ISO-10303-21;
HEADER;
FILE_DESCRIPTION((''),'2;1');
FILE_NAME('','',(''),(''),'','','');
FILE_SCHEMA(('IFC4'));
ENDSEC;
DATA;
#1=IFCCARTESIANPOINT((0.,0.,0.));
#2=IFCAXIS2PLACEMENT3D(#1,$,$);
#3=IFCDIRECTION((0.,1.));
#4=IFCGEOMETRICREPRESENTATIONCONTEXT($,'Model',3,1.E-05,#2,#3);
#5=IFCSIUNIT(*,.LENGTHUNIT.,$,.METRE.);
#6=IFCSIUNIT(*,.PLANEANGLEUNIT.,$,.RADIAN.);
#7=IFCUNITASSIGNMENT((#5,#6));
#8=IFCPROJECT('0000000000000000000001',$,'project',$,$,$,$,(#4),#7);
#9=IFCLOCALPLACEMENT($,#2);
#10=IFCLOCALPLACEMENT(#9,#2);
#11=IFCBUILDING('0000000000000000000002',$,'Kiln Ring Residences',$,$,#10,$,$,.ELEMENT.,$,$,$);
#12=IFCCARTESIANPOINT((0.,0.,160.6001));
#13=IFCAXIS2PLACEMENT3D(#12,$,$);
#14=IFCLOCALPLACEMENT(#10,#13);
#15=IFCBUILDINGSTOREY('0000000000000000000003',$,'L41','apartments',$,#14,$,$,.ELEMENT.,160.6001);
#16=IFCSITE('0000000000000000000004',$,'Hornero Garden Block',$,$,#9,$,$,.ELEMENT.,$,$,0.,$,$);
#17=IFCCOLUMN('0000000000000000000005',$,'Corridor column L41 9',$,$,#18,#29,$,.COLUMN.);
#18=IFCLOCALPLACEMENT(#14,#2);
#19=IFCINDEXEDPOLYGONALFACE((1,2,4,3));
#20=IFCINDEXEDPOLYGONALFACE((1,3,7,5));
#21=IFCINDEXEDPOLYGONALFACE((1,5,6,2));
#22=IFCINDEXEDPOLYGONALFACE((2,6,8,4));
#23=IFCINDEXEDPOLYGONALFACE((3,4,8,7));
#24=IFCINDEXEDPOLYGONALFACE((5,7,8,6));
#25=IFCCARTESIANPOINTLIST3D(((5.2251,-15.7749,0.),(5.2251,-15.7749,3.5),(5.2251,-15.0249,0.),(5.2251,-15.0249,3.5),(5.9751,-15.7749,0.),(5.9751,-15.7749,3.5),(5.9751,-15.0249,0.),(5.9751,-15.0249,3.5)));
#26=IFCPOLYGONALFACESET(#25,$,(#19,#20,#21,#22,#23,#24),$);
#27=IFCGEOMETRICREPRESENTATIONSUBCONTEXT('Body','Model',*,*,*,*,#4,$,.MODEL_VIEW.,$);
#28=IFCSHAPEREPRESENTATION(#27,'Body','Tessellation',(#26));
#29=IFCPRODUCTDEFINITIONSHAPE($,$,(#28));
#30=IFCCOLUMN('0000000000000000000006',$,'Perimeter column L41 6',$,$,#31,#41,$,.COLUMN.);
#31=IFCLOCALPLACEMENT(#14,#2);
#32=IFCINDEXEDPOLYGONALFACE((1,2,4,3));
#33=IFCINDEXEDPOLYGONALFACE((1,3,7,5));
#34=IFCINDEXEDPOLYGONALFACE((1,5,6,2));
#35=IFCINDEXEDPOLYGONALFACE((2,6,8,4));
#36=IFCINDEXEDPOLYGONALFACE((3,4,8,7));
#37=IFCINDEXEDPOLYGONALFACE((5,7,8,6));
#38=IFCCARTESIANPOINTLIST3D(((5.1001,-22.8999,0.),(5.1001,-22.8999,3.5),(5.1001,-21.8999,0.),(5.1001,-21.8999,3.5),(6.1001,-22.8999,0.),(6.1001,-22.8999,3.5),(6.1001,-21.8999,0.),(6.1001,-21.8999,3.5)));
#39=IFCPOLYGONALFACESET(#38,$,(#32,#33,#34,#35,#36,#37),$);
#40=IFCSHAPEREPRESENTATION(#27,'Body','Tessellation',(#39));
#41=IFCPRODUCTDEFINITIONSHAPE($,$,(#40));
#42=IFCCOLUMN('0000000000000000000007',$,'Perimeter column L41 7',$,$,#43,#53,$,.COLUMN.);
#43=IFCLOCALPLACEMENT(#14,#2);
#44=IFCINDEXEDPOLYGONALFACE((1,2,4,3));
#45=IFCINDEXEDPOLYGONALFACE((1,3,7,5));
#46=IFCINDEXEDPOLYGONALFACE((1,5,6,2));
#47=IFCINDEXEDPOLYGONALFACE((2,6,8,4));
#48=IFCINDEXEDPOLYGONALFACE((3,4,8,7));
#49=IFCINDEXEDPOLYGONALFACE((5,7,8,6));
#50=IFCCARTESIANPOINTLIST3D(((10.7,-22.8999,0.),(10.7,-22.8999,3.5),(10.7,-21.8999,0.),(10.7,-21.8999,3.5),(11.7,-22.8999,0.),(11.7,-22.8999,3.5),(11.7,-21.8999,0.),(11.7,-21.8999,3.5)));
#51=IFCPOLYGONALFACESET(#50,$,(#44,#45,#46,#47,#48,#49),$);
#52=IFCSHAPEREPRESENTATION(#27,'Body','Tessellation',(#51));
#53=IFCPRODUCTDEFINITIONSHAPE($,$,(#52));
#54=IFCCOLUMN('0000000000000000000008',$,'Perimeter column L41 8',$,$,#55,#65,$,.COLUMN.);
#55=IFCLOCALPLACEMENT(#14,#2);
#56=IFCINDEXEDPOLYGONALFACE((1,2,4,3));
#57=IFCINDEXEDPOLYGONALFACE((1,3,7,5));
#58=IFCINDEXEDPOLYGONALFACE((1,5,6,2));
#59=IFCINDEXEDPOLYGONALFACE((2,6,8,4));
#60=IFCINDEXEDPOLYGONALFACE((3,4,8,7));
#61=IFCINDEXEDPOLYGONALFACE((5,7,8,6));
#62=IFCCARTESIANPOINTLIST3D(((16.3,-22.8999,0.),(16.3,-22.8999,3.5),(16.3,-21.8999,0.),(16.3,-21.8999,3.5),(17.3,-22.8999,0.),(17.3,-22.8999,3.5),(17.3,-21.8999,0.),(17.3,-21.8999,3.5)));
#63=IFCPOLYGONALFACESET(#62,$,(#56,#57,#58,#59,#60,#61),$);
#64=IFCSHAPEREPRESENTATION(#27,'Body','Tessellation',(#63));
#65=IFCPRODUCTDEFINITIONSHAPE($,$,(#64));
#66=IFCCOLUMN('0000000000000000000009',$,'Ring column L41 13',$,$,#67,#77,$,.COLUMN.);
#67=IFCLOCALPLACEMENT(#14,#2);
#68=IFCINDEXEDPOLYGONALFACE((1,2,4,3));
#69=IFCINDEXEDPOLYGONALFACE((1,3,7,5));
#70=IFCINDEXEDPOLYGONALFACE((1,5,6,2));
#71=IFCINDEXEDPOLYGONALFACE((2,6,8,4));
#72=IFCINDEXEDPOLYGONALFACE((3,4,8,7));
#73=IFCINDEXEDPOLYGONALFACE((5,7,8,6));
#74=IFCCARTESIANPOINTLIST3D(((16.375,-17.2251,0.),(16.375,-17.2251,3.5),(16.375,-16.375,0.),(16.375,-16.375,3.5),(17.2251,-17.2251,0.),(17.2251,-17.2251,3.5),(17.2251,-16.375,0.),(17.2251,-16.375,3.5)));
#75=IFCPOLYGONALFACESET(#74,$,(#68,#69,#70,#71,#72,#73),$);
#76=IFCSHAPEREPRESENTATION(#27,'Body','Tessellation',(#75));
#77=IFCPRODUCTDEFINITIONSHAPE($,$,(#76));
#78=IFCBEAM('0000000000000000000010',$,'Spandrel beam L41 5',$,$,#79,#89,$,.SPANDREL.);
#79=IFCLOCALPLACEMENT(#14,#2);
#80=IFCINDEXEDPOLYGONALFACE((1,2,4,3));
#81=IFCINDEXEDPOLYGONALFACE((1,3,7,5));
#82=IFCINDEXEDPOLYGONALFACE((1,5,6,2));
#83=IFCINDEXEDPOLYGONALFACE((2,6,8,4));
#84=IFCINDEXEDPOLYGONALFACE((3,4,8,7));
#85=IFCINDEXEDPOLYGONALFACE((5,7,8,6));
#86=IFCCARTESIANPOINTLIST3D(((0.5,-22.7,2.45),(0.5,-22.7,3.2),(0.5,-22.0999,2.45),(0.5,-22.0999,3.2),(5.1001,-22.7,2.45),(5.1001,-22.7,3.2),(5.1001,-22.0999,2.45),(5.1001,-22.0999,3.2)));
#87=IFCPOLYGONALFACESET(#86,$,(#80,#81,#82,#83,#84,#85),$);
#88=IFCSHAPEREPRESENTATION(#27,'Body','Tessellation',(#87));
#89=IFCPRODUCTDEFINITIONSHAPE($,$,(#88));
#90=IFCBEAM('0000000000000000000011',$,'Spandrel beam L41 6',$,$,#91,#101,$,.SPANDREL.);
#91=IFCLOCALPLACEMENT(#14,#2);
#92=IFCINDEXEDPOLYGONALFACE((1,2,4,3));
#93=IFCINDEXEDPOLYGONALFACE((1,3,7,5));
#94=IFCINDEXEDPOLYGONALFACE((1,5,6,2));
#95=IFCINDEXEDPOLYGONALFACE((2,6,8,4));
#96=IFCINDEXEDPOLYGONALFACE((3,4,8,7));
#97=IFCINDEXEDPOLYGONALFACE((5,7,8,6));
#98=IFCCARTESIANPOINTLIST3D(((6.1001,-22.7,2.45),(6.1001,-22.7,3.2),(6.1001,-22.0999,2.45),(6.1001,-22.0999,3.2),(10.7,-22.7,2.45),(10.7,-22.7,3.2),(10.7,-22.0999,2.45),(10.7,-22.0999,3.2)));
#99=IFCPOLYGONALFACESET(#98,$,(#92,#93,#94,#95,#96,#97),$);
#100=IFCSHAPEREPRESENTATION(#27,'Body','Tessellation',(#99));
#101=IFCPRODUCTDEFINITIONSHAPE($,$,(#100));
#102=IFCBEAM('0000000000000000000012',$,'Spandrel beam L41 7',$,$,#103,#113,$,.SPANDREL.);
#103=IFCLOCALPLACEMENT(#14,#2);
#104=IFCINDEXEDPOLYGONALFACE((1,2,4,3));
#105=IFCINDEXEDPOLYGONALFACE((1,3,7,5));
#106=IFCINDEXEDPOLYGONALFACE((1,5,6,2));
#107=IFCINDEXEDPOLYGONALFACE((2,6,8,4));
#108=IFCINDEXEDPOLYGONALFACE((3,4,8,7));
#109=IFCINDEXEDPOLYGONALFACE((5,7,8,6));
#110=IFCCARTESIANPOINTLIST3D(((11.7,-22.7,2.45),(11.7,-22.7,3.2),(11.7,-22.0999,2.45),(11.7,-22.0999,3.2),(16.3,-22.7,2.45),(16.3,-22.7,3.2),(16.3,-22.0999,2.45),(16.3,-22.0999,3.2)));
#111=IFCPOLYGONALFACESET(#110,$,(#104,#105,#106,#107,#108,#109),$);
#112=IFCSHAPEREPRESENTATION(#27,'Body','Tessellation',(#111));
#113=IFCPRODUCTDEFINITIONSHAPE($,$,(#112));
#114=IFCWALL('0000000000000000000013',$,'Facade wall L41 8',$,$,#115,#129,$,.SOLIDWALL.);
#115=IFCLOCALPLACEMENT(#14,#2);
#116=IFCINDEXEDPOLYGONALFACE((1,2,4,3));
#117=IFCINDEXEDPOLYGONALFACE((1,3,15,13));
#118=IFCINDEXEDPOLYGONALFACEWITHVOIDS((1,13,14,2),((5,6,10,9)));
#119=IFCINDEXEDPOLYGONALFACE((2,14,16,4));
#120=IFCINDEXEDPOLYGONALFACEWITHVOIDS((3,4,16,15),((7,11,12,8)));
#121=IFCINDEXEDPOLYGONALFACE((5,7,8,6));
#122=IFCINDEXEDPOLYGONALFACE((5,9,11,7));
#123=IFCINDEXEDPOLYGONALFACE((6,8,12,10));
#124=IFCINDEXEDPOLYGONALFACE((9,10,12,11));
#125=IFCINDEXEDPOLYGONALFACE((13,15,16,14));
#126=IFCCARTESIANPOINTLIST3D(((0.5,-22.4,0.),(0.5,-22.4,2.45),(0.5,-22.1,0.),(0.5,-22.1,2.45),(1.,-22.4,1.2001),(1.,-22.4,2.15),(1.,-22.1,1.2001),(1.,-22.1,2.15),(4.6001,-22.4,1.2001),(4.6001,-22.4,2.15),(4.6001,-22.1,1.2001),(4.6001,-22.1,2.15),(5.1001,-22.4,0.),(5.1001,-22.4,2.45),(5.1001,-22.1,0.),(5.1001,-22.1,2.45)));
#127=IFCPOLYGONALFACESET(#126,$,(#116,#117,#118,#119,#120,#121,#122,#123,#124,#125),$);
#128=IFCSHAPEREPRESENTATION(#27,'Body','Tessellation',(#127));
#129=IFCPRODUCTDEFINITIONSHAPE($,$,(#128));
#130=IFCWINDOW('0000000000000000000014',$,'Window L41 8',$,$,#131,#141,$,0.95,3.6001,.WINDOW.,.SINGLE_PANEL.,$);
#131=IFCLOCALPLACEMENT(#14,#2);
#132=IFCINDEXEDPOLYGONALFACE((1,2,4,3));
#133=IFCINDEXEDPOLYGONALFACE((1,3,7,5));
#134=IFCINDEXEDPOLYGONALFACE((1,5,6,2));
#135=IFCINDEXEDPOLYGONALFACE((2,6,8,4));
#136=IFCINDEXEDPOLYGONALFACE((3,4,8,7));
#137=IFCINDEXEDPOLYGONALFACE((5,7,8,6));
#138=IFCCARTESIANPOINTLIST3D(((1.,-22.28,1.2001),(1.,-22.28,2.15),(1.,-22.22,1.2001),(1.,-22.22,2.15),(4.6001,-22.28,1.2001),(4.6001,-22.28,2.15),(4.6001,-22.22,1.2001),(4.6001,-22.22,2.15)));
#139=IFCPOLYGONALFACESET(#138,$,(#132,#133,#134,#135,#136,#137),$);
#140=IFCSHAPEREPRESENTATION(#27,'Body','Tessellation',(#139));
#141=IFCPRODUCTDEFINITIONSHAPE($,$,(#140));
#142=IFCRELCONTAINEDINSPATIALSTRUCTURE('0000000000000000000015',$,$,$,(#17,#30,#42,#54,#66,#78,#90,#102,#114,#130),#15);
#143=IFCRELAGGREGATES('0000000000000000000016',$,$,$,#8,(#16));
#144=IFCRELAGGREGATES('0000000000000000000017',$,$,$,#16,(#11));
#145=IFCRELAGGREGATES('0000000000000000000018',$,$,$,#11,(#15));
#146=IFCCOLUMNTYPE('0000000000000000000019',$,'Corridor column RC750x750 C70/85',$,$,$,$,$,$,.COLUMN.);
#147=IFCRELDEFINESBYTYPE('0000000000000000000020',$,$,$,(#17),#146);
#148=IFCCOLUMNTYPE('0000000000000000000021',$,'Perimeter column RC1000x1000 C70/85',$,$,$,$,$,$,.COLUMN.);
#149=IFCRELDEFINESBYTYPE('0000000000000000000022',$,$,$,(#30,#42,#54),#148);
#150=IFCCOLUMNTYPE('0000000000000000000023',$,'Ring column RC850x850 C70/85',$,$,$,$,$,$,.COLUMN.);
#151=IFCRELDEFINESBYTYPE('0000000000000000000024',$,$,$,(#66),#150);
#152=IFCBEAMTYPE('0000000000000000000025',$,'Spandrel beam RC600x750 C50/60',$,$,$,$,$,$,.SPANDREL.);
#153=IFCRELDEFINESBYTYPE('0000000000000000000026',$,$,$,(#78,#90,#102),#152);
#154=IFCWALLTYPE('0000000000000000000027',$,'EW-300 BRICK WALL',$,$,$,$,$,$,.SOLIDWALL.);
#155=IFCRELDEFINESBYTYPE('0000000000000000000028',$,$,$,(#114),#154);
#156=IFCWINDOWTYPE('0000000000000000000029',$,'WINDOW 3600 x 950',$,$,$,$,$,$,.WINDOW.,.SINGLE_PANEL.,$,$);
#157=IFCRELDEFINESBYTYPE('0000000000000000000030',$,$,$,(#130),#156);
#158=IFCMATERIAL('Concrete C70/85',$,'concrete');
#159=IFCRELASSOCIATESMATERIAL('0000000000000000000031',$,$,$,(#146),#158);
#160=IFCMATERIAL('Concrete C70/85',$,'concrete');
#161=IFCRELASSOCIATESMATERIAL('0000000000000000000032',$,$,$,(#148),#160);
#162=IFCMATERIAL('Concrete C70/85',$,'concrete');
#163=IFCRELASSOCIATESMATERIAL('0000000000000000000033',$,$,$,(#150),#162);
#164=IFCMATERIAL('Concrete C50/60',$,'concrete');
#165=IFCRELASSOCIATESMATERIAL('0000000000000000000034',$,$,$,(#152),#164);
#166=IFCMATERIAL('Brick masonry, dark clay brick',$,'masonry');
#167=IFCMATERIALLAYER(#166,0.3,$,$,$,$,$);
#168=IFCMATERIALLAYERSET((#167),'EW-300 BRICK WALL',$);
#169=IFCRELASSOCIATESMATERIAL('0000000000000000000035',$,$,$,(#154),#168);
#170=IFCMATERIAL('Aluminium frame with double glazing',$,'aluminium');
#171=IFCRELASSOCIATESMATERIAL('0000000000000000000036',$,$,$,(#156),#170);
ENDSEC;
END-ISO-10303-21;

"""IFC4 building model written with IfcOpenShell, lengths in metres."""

from ifc_helpers import new_model, si_unit, direction, frame, frame_2d, origin, origin_2d, place, context, subcontext, project, spatial, rectangle, extrude, material, layer, layer_set, material_profile, profile_set, type_object, element, fill, save


model = new_model("IFC4")

# Units and contexts
model_context = context("Model", 3, precision=1e-05, world=origin(), true_north=direction((0.0, 1.0)))
body_context = subcontext(model_context, "Body", "Model", "MODEL_VIEW")
ifc_project = project(units=[si_unit("LENGTHUNIT", "METRE"), si_unit("PLANEANGLEUNIT", "RADIAN")], contexts=[model_context])

# Site, building, storey
site_placement = place(None, origin())
site = spatial("IfcSite", under=ifc_project, at=site_placement, Name="Hornero Garden Block", CompositionType="ELEMENT", RefElevation=0.0)
building_placement = place(site_placement, origin())
building = spatial("IfcBuilding", under=site, at=building_placement, Name="Kiln Ring Residences", CompositionType="ELEMENT")
storey_placement = place(building_placement, frame((0.0, 0.0, 160.6001)))
storey = spatial("IfcBuildingStorey", under=building, at=storey_placement, Name="L41", Description="apartments", CompositionType="ELEMENT", Elevation=160.6001)

# Columns
ifc_material_1 = material(Name="Concrete C70/85", Category="concrete")
ifc_material_profile_1 = material_profile(ifc_material_1, rectangle(XDim=0.75, YDim=0.75, at=origin_2d()), Name="RC750x750")
ifc_profile_set_1 = profile_set([ifc_material_profile_1], Name="Concrete C70/85")
column_type_1 = type_object("IfcColumnType", Name="Corridor column RC750x750 C70/85", PredefinedType="COLUMN", material=ifc_profile_set_1)
column_1_placement = place(storey_placement, frame((5.6001, -15.3999, 0.0), z_axis=(0.0, 0.0, 1.0), x_axis=(1.0, 0.0, 0.0)))
element("IfcColumn", 1, at=column_1_placement, inside=storey, type_object=column_type_1, Name="Corridor column L41 9", PredefinedType="COLUMN", context=body_context, shape_type="SweptSolid", body=[
    extrude(rectangle(XDim=0.75, YDim=0.75, at=origin_2d()), origin(), (0.0, 0.0, 1.0), 3.5),
])
ifc_material_2 = material(Name="Concrete C70/85", Category="concrete")
ifc_material_profile_2 = material_profile(ifc_material_2, rectangle(XDim=1.0, YDim=1.0, at=origin_2d()), Name="RC1000x1000")
ifc_profile_set_2 = profile_set([ifc_material_profile_2], Name="Concrete C70/85")
column_type_2 = type_object("IfcColumnType", Name="Perimeter column RC1000x1000 C70/85", PredefinedType="COLUMN", material=ifc_profile_set_2)
for number, where, z_axis, x_axis, name in (
    (2, (5.6001, -22.3999, 0.0), (0.0, 0.0, 1.0), (1.0, 0.0, 0.0), "Perimeter column L41 6"),
    (3, (11.2, -22.3999, 0.0), (0.0, 0.0, 1.0), (1.0, 0.0, 0.0), "Perimeter column L41 7"),
    (4, (16.8, -22.3999, 0.0), (0.0, 0.0, 1.0), (1.0, 0.0, 0.0), "Perimeter column L41 8"),
):
    element("IfcColumn", number, at=place(storey_placement, frame(where, z_axis=z_axis, x_axis=x_axis)), inside=storey, type_object=column_type_2, Name=name, PredefinedType="COLUMN", context=body_context, shape_type="SweptSolid", body=[
        extrude(rectangle(XDim=1.0, YDim=1.0, at=origin_2d()), origin(), (0.0, 0.0, 1.0), 3.5),
    ])
ifc_material_3 = material(Name="Concrete C70/85", Category="concrete")
ifc_material_profile_3 = material_profile(ifc_material_3, rectangle(XDim=0.8501, YDim=0.8501, at=origin_2d()), Name="RC850x850")
ifc_profile_set_3 = profile_set([ifc_material_profile_3], Name="Concrete C70/85")
column_type_3 = type_object("IfcColumnType", Name="Ring column RC850x850 C70/85", PredefinedType="COLUMN", material=ifc_profile_set_3)
column_2_placement = place(storey_placement, frame((16.8, -16.8, 0.0), z_axis=(0.0, 0.0, 1.0), x_axis=(1.0, 0.0, 0.0)))
element("IfcColumn", 5, at=column_2_placement, inside=storey, type_object=column_type_3, Name="Ring column L41 13", PredefinedType="COLUMN", context=body_context, shape_type="SweptSolid", body=[
    extrude(rectangle(XDim=0.8501, YDim=0.8501, at=origin_2d()), origin(), (0.0, 0.0, 1.0), 3.5),
])

# Beams
ifc_material_4 = material(Name="Concrete C50/60", Category="concrete")
ifc_material_profile_4 = material_profile(ifc_material_4, rectangle(XDim=0.6001, YDim=0.75, at=origin_2d()), Name="RC600x750")
ifc_profile_set_4 = profile_set([ifc_material_profile_4], Name="Concrete C50/60")
beam_type = type_object("IfcBeamType", Name="Spandrel beam RC600x750 C50/60", PredefinedType="SPANDREL", material=ifc_profile_set_4)
beam_1_placement = place(storey_placement, frame((0.5, -22.3999, 2.825), z_axis=(1.0, 0.0, 0.0), x_axis=(0.0, 1.0, 0.0)))
element("IfcBeam", 6, at=beam_1_placement, inside=storey, type_object=beam_type, Name="Spandrel beam L41 5", PredefinedType="SPANDREL", context=body_context, shape_type="SweptSolid", body=[
    extrude(rectangle(XDim=0.6001, YDim=0.75, at=origin_2d()), origin(), (0.0, 0.0, 1.0), 4.6001),
])
beam_2_placement = place(storey_placement, frame((6.1001, -22.3999, 2.825), z_axis=(1.0, 0.0, 0.0), x_axis=(0.0, 1.0, 0.0)))
element("IfcBeam", 7, at=beam_2_placement, inside=storey, type_object=beam_type, Name="Spandrel beam L41 6", PredefinedType="SPANDREL", context=body_context, shape_type="SweptSolid", body=[
    extrude(rectangle(XDim=0.6001, YDim=0.75, at=origin_2d()), origin(), (0.0, 0.0, 1.0), 4.5999),
])
beam_3_placement = place(storey_placement, frame((11.7, -22.3999, 2.825), z_axis=(1.0, 0.0, 0.0), x_axis=(0.0, 1.0, 0.0)))
element("IfcBeam", 8, at=beam_3_placement, inside=storey, type_object=beam_type, Name="Spandrel beam L41 7", PredefinedType="SPANDREL", context=body_context, shape_type="SweptSolid", body=[
    extrude(rectangle(XDim=0.6001, YDim=0.75, at=origin_2d()), origin(), (0.0, 0.0, 1.0), 4.6001),
])

# Wall, opening, window
ifc_material_5 = material(Name="Brick masonry, dark clay brick", Category="masonry")
ifc_layer_1 = layer(ifc_material_5, 0.3)
ifc_layer_set_1 = layer_set([ifc_layer_1], Name="EW-300 BRICK WALL")
wall_type_1 = type_object("IfcWallType", Name="EW-300 BRICK WALL", PredefinedType="SOLIDWALL", material=ifc_layer_set_1)
wall_1_placement = place(storey_placement, frame((0.5, -22.25, 0.0), z_axis=(0.0, 0.0, 1.0), x_axis=(1.0, 0.0, 0.0)))
wall_1 = element("IfcWall", 9, at=wall_1_placement, inside=storey, type_object=wall_type_1, Name="Facade wall L41 8", PredefinedType="SOLIDWALL", context=body_context, shape_type="SweptSolid", body=[
    extrude(rectangle(XDim=4.6001, YDim=0.3, at=frame_2d((2.3, 0.0))), origin(), (0.0, 0.0, 1.0), 2.45),
])
opening_1_placement = place(wall_1_placement, frame((0.5, 0.0, 1.2)))
opening_1 = element("IfcOpeningElement", 10, at=opening_1_placement, cuts=wall_1, PredefinedType="OPENING", context=body_context, shape_type="SweptSolid", body=[
    extrude(rectangle(XDim=3.6001, YDim=0.95, at=frame_2d((1.8, 0.4751))), frame((0.0, 0.1599, 0.0), z_axis=(0.0, -1.0, 0.0), x_axis=(1.0, 0.0, 0.0)), (0.0, 0.0, 1.0), 0.3201),
])
ifc_material_6 = material(Name="Aluminium frame with double glazing", Category="aluminium")
window_type_1 = type_object("IfcWindowType", Name="WINDOW 3600 x 950", PartitioningType="SINGLE_PANEL", PredefinedType="WINDOW", material=ifc_material_6)
window_1_placement = place(opening_1_placement, origin())
window_1 = element("IfcWindow", 11, at=window_1_placement, inside=storey, type_object=window_type_1, Name="Window L41 8", OverallHeight=0.95, OverallWidth=3.6001, PartitioningType="SINGLE_PANEL", PredefinedType="WINDOW", context=body_context, shape_type="SweptSolid", body=[
    extrude(rectangle(XDim=3.6001, YDim=0.95, at=frame_2d((1.8, 0.4751))), frame((0.0, 0.03, 0.0), z_axis=(0.0, -1.0, 0.0), x_axis=(1.0, 0.0, 0.0)), (0.0, 0.0, 1.0), 0.0601),
])
fill(opening_1, window_1)

save(model, "model.ifc")
